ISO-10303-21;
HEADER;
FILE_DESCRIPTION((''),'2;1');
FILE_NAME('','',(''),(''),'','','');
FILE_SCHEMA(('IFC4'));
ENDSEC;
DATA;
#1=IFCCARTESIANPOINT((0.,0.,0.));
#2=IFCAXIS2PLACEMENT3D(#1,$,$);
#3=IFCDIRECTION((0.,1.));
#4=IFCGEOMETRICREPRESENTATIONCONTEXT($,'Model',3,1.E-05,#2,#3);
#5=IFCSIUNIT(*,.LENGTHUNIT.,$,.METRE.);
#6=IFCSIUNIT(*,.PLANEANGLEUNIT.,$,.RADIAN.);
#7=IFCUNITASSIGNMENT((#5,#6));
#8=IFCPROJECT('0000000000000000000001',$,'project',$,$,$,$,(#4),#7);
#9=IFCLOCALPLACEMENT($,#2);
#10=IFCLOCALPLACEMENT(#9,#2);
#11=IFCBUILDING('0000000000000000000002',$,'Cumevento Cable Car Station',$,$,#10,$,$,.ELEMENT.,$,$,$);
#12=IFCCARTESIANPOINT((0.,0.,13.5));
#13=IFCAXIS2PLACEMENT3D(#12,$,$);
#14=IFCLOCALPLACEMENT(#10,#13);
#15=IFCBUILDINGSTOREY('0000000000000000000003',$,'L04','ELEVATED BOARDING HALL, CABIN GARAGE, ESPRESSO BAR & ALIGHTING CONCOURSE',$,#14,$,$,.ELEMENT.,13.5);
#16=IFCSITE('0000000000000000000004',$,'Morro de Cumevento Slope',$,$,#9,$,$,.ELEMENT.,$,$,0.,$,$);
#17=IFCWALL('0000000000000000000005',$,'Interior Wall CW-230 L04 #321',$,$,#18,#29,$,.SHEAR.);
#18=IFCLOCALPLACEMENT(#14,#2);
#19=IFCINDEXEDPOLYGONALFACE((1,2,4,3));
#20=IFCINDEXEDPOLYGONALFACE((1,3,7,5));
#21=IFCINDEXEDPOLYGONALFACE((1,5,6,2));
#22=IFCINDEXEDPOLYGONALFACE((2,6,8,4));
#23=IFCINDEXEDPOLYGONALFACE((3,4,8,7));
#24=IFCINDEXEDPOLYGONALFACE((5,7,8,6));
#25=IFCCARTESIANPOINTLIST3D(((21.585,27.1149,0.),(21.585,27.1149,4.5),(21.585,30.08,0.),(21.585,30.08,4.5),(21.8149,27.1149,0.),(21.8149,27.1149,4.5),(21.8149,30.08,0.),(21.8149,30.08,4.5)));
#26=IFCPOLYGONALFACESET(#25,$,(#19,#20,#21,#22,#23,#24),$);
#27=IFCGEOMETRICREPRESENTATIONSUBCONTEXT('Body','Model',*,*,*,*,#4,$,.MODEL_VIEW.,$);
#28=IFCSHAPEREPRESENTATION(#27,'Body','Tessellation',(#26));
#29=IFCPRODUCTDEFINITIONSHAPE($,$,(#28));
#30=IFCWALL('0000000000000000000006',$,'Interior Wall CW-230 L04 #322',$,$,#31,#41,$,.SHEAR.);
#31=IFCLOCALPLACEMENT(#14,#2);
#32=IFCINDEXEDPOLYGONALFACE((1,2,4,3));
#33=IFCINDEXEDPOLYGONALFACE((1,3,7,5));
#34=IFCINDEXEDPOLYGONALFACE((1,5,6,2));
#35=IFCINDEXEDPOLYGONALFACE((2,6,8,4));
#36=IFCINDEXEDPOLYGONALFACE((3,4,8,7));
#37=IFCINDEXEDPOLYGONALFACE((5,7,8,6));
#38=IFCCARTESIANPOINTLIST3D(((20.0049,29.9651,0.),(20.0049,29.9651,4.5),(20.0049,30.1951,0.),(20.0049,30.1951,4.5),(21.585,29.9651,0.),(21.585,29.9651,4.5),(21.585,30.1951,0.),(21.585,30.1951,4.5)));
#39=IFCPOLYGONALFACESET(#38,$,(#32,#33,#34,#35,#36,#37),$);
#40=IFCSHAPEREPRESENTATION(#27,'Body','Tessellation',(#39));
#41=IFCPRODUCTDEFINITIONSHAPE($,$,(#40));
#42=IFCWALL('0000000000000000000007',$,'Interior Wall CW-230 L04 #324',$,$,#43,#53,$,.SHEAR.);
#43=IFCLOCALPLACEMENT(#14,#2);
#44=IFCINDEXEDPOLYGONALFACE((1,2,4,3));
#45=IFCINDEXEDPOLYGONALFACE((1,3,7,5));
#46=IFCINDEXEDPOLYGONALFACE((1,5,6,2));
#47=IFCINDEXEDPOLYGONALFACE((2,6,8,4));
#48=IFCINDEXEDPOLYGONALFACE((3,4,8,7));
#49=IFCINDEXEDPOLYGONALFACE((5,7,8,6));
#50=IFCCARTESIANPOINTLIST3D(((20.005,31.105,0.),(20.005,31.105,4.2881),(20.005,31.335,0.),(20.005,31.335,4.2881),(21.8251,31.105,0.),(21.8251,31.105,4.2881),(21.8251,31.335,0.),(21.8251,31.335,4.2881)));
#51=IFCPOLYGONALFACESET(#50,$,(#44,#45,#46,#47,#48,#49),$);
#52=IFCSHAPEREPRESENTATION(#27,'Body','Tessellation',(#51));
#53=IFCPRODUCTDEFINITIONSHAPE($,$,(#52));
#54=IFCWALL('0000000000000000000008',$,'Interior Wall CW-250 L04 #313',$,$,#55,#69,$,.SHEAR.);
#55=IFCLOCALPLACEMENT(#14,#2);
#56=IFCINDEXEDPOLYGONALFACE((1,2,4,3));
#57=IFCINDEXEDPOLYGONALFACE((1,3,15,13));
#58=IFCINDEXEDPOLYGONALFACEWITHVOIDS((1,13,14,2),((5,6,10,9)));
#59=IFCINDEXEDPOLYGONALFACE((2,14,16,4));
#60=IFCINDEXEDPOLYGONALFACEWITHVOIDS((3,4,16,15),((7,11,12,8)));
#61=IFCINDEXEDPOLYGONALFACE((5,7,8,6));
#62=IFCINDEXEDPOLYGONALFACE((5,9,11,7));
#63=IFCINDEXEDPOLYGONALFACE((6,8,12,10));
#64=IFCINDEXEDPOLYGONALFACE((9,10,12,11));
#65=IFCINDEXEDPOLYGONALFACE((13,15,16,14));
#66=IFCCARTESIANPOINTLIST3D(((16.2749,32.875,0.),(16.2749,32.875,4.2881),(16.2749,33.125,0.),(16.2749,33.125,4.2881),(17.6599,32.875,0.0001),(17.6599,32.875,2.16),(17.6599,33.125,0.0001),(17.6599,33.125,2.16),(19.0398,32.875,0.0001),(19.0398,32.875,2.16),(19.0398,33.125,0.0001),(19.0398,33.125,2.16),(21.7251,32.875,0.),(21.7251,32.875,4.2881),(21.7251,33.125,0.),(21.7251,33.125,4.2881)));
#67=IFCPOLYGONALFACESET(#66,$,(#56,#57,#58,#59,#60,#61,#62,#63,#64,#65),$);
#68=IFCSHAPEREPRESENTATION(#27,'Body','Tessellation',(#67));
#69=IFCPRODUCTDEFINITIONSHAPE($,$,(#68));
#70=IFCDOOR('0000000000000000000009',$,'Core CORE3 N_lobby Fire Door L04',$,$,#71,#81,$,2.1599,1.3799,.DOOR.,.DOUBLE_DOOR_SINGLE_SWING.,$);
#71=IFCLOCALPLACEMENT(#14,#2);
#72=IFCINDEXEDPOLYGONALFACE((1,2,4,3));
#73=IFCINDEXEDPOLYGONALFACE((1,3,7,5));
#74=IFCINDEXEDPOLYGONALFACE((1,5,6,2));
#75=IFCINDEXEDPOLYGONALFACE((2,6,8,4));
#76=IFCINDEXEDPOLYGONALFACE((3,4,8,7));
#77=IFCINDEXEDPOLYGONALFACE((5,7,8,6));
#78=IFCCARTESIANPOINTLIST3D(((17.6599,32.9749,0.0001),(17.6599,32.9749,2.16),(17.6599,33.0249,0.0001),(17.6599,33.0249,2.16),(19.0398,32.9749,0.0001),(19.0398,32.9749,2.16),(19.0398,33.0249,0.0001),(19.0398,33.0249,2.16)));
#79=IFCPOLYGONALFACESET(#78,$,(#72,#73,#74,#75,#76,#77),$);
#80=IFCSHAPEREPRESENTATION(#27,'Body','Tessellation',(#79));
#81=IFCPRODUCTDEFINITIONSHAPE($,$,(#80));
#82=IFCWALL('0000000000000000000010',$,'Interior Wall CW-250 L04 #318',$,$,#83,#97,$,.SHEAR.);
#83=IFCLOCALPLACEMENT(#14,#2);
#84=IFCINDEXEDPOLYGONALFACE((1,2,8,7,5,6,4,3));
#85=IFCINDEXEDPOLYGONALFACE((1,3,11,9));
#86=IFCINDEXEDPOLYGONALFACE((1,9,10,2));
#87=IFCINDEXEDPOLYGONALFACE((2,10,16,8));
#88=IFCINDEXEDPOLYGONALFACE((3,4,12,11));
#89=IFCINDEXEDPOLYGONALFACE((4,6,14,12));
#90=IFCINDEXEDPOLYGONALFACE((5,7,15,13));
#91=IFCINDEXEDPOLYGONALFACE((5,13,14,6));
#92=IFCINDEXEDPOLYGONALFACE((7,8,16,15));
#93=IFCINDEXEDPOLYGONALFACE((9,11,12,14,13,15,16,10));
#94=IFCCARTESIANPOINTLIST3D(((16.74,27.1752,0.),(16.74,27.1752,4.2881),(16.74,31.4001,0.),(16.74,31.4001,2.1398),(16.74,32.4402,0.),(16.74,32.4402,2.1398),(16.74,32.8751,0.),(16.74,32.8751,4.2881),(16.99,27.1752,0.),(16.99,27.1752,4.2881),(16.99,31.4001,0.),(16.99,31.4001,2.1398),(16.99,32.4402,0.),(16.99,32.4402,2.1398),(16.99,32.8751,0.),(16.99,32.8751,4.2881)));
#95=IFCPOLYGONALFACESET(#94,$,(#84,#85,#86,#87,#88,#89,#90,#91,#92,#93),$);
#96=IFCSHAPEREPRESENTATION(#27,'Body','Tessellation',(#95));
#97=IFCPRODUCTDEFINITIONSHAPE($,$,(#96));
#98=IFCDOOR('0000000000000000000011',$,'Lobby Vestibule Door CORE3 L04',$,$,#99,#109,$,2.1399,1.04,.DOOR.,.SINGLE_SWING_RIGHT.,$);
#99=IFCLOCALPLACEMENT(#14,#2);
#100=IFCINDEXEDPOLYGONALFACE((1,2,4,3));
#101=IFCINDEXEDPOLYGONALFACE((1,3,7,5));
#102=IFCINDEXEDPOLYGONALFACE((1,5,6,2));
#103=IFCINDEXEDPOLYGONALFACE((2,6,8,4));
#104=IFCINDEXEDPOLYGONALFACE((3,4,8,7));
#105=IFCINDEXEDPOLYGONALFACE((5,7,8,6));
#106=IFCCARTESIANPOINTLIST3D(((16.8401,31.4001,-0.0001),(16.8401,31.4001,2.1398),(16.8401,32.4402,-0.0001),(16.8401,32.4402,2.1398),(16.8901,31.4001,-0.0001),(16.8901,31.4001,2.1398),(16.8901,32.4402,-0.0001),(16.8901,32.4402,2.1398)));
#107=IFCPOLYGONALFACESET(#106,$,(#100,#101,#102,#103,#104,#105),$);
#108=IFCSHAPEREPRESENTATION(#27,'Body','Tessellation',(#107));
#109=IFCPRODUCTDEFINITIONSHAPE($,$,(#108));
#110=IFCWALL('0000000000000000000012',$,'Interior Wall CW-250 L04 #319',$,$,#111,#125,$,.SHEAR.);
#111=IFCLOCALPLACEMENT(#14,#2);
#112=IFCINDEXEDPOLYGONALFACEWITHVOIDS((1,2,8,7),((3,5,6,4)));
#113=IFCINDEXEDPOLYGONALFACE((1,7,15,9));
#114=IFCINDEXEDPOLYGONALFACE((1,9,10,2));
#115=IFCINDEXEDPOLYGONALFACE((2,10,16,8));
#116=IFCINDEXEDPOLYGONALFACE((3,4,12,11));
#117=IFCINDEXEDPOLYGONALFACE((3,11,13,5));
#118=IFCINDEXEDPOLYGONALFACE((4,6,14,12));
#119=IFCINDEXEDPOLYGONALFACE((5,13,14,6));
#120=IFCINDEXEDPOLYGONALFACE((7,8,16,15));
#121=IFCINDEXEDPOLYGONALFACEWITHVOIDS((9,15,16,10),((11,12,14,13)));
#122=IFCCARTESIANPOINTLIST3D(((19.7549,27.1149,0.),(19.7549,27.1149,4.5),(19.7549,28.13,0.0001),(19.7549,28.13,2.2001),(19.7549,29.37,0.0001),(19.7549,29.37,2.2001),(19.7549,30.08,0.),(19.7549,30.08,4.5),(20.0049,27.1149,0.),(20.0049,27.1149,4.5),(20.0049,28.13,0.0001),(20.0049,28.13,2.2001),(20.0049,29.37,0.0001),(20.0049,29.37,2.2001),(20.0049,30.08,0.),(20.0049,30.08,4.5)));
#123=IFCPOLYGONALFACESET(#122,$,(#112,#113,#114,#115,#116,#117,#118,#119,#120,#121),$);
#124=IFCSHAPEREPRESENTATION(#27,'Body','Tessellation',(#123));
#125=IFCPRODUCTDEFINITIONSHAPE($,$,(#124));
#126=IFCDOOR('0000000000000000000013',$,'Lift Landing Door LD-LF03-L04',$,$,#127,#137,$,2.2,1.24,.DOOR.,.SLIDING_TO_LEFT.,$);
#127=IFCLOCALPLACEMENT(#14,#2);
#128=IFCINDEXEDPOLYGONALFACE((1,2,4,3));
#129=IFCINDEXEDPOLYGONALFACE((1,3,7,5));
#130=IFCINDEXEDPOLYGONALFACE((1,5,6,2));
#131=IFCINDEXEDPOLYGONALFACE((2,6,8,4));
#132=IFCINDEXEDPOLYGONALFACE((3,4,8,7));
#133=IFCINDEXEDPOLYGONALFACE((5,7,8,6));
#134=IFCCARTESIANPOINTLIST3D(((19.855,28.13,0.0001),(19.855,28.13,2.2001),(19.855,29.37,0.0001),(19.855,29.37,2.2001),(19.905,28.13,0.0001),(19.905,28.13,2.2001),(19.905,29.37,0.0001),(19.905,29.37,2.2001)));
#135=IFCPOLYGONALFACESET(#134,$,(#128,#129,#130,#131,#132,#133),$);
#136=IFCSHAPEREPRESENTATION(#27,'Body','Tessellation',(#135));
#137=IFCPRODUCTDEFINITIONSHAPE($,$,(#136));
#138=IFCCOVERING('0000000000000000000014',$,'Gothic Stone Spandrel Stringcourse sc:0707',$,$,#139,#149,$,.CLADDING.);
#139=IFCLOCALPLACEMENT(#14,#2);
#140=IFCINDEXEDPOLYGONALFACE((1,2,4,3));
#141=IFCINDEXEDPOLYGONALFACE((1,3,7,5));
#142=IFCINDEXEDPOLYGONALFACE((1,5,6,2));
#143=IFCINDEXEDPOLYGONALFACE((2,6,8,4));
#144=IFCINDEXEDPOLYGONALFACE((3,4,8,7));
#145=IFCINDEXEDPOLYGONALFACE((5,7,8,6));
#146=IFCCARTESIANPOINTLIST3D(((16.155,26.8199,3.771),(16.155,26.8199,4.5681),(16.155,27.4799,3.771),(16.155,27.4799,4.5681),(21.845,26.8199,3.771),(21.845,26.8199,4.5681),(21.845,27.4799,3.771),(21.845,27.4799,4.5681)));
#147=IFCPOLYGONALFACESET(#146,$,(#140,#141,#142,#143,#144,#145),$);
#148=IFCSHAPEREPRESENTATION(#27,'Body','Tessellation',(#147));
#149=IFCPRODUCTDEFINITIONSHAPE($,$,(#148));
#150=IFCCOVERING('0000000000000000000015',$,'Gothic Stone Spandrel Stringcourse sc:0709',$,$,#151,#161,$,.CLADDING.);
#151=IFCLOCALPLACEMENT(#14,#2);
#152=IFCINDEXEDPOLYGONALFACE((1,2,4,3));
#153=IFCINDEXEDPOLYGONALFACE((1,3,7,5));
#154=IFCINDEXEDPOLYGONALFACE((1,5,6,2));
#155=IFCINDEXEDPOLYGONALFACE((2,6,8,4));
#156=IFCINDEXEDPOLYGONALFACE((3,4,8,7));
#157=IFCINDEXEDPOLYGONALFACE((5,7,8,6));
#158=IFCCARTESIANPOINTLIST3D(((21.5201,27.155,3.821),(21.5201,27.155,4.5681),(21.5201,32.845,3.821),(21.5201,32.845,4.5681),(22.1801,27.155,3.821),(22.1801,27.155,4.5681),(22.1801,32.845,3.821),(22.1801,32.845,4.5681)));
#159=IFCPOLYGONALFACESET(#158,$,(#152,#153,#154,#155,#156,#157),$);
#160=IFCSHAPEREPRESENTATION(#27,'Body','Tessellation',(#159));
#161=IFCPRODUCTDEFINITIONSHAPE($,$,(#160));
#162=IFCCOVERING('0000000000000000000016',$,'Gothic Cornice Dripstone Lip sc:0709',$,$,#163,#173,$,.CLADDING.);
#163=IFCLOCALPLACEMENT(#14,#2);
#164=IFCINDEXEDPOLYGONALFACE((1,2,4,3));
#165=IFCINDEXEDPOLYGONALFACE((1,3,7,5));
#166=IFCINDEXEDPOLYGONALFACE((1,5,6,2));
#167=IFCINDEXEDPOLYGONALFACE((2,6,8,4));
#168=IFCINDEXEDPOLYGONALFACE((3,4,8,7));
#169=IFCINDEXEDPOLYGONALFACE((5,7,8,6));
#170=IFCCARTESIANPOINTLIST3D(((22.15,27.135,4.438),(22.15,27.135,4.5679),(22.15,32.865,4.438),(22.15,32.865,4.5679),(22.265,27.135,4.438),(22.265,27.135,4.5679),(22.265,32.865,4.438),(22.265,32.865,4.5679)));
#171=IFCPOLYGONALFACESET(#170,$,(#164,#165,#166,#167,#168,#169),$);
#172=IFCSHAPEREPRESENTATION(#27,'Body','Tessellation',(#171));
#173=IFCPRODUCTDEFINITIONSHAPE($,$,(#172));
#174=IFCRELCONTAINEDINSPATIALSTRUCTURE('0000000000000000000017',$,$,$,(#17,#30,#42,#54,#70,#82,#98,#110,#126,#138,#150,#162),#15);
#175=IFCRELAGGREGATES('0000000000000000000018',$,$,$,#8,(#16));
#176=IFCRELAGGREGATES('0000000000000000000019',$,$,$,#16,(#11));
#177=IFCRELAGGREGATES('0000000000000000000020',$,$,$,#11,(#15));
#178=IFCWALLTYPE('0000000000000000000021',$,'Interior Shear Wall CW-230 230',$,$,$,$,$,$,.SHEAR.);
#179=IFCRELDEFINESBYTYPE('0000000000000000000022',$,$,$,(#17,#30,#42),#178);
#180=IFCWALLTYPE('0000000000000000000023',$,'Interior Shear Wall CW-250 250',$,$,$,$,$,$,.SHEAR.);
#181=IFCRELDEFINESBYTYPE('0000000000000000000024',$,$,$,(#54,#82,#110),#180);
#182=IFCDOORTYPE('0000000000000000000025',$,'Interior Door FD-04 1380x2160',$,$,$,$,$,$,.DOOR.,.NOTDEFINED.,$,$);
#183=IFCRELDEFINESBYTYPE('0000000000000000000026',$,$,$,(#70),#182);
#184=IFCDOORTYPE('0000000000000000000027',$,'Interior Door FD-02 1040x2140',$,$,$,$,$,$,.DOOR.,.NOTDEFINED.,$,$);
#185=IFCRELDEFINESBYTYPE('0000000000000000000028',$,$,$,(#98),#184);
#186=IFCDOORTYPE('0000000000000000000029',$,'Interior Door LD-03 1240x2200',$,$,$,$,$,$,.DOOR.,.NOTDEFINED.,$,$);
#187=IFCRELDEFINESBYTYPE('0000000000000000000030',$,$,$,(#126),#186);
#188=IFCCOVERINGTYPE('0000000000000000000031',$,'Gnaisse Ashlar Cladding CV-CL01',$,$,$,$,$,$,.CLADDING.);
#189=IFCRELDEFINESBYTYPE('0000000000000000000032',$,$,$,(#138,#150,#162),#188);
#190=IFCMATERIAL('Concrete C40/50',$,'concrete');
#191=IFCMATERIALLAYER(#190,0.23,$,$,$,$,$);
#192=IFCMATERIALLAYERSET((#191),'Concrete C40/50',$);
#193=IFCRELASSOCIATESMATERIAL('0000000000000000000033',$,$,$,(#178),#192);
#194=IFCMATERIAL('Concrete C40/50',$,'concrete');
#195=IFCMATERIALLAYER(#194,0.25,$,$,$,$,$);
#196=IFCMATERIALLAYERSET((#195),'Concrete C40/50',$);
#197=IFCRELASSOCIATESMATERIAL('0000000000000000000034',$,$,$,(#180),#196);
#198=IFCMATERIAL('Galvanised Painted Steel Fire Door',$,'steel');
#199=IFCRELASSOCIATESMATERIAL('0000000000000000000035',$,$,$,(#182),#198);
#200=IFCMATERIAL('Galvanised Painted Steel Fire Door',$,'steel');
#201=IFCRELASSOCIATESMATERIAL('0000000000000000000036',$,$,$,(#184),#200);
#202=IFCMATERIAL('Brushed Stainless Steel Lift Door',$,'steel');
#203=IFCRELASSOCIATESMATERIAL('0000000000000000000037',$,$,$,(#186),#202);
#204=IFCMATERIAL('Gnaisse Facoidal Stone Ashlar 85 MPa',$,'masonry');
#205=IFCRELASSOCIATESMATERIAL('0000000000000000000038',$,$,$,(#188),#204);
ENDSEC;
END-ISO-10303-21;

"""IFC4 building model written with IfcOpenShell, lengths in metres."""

from ifc_helpers import new_model, si_unit, direction, frame, frame_2d, origin, origin_2d, place, context, subcontext, project, spatial, rectangle, extrude, material, layer, layer_set, type_object, element, fill, save


model = new_model("IFC4")

# Units and contexts
model_context = context("Model", 3, precision=1e-05, world=origin(), true_north=direction((0.0, 1.0)))
body_context = subcontext(model_context, "Body", "Model", "MODEL_VIEW")
ifc_project = project(units=[si_unit("LENGTHUNIT", "METRE"), si_unit("PLANEANGLEUNIT", "RADIAN")], contexts=[model_context])

# Site, building, storey
site_placement = place(None, origin())
site = spatial("IfcSite", under=ifc_project, at=site_placement, Name="Morro de Cumevento Slope", CompositionType="ELEMENT", RefElevation=0.0)
building_placement = place(site_placement, origin())
building = spatial("IfcBuilding", under=site, at=building_placement, Name="Cumevento Cable Car Station", CompositionType="ELEMENT")
storey_placement = place(building_placement, frame((0.0, 0.0, 13.5)))
storey = spatial("IfcBuildingStorey", under=building, at=storey_placement, Name="L04", Description="ELEVATED BOARDING HALL, CABIN GARAGE, ESPRESSO BAR & ALIGHTING CONCOURSE", CompositionType="ELEMENT", Elevation=13.5)

# Walls
ifc_material_1 = material(Name="Concrete C40/50", Category="concrete")
ifc_layer_1 = layer(ifc_material_1, 0.23)
ifc_layer_set_1 = layer_set([ifc_layer_1], Name="Concrete C40/50")
wall_type_1 = type_object("IfcWallType", Name="Interior Shear Wall CW-230 230", PredefinedType="SHEAR", material=ifc_layer_set_1)
wall_1_placement = place(storey_placement, frame((21.7, 27.115, 0.0), z_axis=(0.0, 0.0, 1.0), x_axis=(0.0, 1.0, 0.0)))
element("IfcWall", 1, at=wall_1_placement, inside=storey, type_object=wall_type_1, Name="Interior Wall CW-230 L04 #321", PredefinedType="SHEAR", context=body_context, shape_type="SweptSolid", body=[
    extrude(rectangle(XDim=2.9651, YDim=0.23, at=frame_2d((1.4824, 0.0))), origin(), (0.0, 0.0, 1.0), 4.5),
])
wall_2_placement = place(storey_placement, frame((20.0049, 30.0801, 0.0), z_axis=(0.0, 0.0, 1.0), x_axis=(1.0, 0.0, 0.0)))
element("IfcWall", 2, at=wall_2_placement, inside=storey, type_object=wall_type_1, Name="Interior Wall CW-230 L04 #322", PredefinedType="SHEAR", context=body_context, shape_type="SweptSolid", body=[
    extrude(rectangle(XDim=1.5801, YDim=0.23, at=frame_2d((0.79, 0.0))), origin(), (0.0, 0.0, 1.0), 4.5),
])
wall_3_placement = place(storey_placement, frame((20.0049, 31.22, 0.0), z_axis=(0.0, 0.0, 1.0), x_axis=(1.0, 0.0, 0.0)))
element("IfcWall", 3, at=wall_3_placement, inside=storey, type_object=wall_type_1, Name="Interior Wall CW-230 L04 #324", PredefinedType="SHEAR", context=body_context, shape_type="SweptSolid", body=[
    extrude(rectangle(XDim=1.8201, YDim=0.23, at=frame_2d((0.9102, 0.0))), origin(), (0.0, 0.0, 1.0), 4.2881),
])

# Walls, openings, doors
ifc_material_2 = material(Name="Concrete C40/50", Category="concrete")
ifc_layer_2 = layer(ifc_material_2, 0.25)
ifc_layer_set_2 = layer_set([ifc_layer_2], Name="Concrete C40/50")
wall_type_2 = type_object("IfcWallType", Name="Interior Shear Wall CW-250 250", PredefinedType="SHEAR", material=ifc_layer_set_2)
wall_4_placement = place(storey_placement, frame((16.2749, 33.0, 0.0), z_axis=(0.0, 0.0, 1.0), x_axis=(1.0, 0.0, 0.0)))
wall_4 = element("IfcWall", 4, at=wall_4_placement, inside=storey, type_object=wall_type_2, Name="Interior Wall CW-250 L04 #313", PredefinedType="SHEAR", context=body_context, shape_type="SweptSolid", body=[
    extrude(rectangle(XDim=5.4502, YDim=0.25, at=frame_2d((2.7251, 0.0))), origin(), (0.0, 0.0, 1.0), 4.2881),
])
opening_1_placement = place(wall_4_placement, frame((1.385, 0.0, 0.0)))
opening_1 = element("IfcOpeningElement", 5, at=opening_1_placement, cuts=wall_4, PredefinedType="OPENING", context=body_context, shape_type="SweptSolid", body=[
    extrude(rectangle(XDim=1.3799, YDim=2.1599, at=frame_2d((0.6899, 1.0801))), frame((0.0, 0.135, 0.0), z_axis=(0.0, -1.0, 0.0), x_axis=(1.0, 0.0, 0.0)), (0.0, 0.0, 1.0), 0.27),
])
ifc_material_3 = material(Name="Galvanised Painted Steel Fire Door", Category="steel")
door_type_1 = type_object("IfcDoorType", Name="Interior Door FD-04 1380x2160", OperationType="NOTDEFINED", PredefinedType="DOOR", material=ifc_material_3)
door_1_placement = place(opening_1_placement, origin())
door_1 = element("IfcDoor", 6, at=door_1_placement, inside=storey, type_object=door_type_1, Name="Core CORE3 N_lobby Fire Door L04", OperationType="DOUBLE_DOOR_SINGLE_SWING", OverallHeight=2.1599, OverallWidth=1.3799, PredefinedType="DOOR", context=body_context, shape_type="SweptSolid", body=[
    extrude(rectangle(XDim=1.3799, YDim=2.1599, at=frame_2d((0.6899, 1.0801))), frame((0.0, 0.0249, 0.0), z_axis=(0.0, -1.0, 0.0), x_axis=(1.0, 0.0, 0.0)), (0.0, 0.0, 1.0), 0.05),
])
fill(opening_1, door_1)
wall_5_placement = place(storey_placement, frame((16.865, 27.175, 0.0), z_axis=(0.0, 0.0, 1.0), x_axis=(0.0, 1.0, 0.0)))
wall_5 = element("IfcWall", 7, at=wall_5_placement, inside=storey, type_object=wall_type_2, Name="Interior Wall CW-250 L04 #318", PredefinedType="SHEAR", context=body_context, shape_type="SweptSolid", body=[
    extrude(rectangle(XDim=5.7, YDim=0.25, at=frame_2d((2.8501, 0.0))), origin(), (0.0, 0.0, 1.0), 4.2881),
])
opening_2_placement = place(wall_5_placement, frame((4.2251, 0.0, 0.0)))
opening_2 = element("IfcOpeningElement", 8, at=opening_2_placement, cuts=wall_5, PredefinedType="OPENING", context=body_context, shape_type="SweptSolid", body=[
    extrude(rectangle(XDim=1.04, YDim=2.1399, at=frame_2d((0.52, 1.0698))), frame((0.0, 0.135, 0.0), z_axis=(0.0, -1.0, 0.0), x_axis=(1.0, 0.0, 0.0)), (0.0, 0.0, 1.0), 0.27),
])
ifc_material_4 = material(Name="Galvanised Painted Steel Fire Door", Category="steel")
door_type_2 = type_object("IfcDoorType", Name="Interior Door FD-02 1040x2140", OperationType="NOTDEFINED", PredefinedType="DOOR", material=ifc_material_4)
door_2_placement = place(opening_2_placement, origin())
door_2 = element("IfcDoor", 9, at=door_2_placement, inside=storey, type_object=door_type_2, Name="Lobby Vestibule Door CORE3 L04", OperationType="SINGLE_SWING_RIGHT", OverallHeight=2.1399, OverallWidth=1.04, PredefinedType="DOOR", context=body_context, shape_type="SweptSolid", body=[
    extrude(rectangle(XDim=1.04, YDim=2.1399, at=frame_2d((0.52, 1.0698))), frame((0.0, 0.0249, 0.0), z_axis=(0.0, -1.0, 0.0), x_axis=(1.0, 0.0, 0.0)), (0.0, 0.0, 1.0), 0.05),
])
fill(opening_2, door_2)
wall_6_placement = place(storey_placement, frame((19.8799, 27.115, 0.0), z_axis=(0.0, 0.0, 1.0), x_axis=(0.0, 1.0, 0.0)))
wall_6 = element("IfcWall", 10, at=wall_6_placement, inside=storey, type_object=wall_type_2, Name="Interior Wall CW-250 L04 #319", PredefinedType="SHEAR", context=body_context, shape_type="SweptSolid", body=[
    extrude(rectangle(XDim=2.9651, YDim=0.25, at=frame_2d((1.4824, 0.0))), origin(), (0.0, 0.0, 1.0), 4.5),
])
opening_3_placement = place(wall_6_placement, frame((1.0149, 0.0, 0.0)))
opening_3 = element("IfcOpeningElement", 11, at=opening_3_placement, cuts=wall_6, PredefinedType="OPENING", context=body_context, shape_type="SweptSolid", body=[
    extrude(rectangle(XDim=1.24, YDim=2.2, at=frame_2d((0.6201, 1.1001))), frame((0.0, 0.135, 0.0), z_axis=(0.0, -1.0, 0.0), x_axis=(1.0, 0.0, 0.0)), (0.0, 0.0, 1.0), 0.27),
])
ifc_material_5 = material(Name="Brushed Stainless Steel Lift Door", Category="steel")
door_type_3 = type_object("IfcDoorType", Name="Interior Door LD-03 1240x2200", OperationType="NOTDEFINED", PredefinedType="DOOR", material=ifc_material_5)
door_3_placement = place(opening_3_placement, origin())
door_3 = element("IfcDoor", 12, at=door_3_placement, inside=storey, type_object=door_type_3, Name="Lift Landing Door LD-LF03-L04", OperationType="SLIDING_TO_LEFT", OverallHeight=2.2, OverallWidth=1.24, PredefinedType="DOOR", context=body_context, shape_type="SweptSolid", body=[
    extrude(rectangle(XDim=1.24, YDim=2.2, at=frame_2d((0.6201, 1.1001))), frame((0.0, 0.0249, 0.0), z_axis=(0.0, -1.0, 0.0), x_axis=(1.0, 0.0, 0.0)), (0.0, 0.0, 1.0), 0.05),
])
fill(opening_3, door_3)

# Coverings
ifc_material_6 = material(Name="Gnaisse Facoidal Stone Ashlar 85 MPa", Category="masonry")
covering_type = type_object("IfcCoveringType", Name="Gnaisse Ashlar Cladding CV-CL01", PredefinedType="CLADDING", material=ifc_material_6)
covering_1_placement = place(storey_placement, frame((19.0, 27.1499, 3.771), z_axis=(0.0, 0.0, 1.0), x_axis=(-1.0, 0.0, 0.0)))
element("IfcCovering", 13, at=covering_1_placement, inside=storey, type_object=covering_type, Name="Gothic Stone Spandrel Stringcourse sc:0707", PredefinedType="CLADDING", context=body_context, shape_type="SweptSolid", body=[
    extrude(rectangle(XDim=5.6899, YDim=0.6599, at=origin_2d()), origin(), (0.0, 0.0, 1.0), 0.7971),
])
covering_2_placement = place(storey_placement, frame((21.8501, 30.0, 3.821), z_axis=(0.0, 0.0, 1.0), x_axis=(0.0, -1.0, 0.0)))
element("IfcCovering", 14, at=covering_2_placement, inside=storey, type_object=covering_type, Name="Gothic Stone Spandrel Stringcourse sc:0709", PredefinedType="CLADDING", context=body_context, shape_type="SweptSolid", body=[
    extrude(rectangle(XDim=5.6899, YDim=0.6599, at=origin_2d()), origin(), (0.0, 0.0, 1.0), 0.7471),
])
covering_3_placement = place(storey_placement, frame((22.2075, 30.0, 4.438), z_axis=(0.0, 0.0, 1.0), x_axis=(0.0, -1.0, 0.0)))
element("IfcCovering", 15, at=covering_3_placement, inside=storey, type_object=covering_type, Name="Gothic Cornice Dripstone Lip sc:0709", PredefinedType="CLADDING", context=body_context, shape_type="SweptSolid", body=[
    extrude(rectangle(XDim=5.73, YDim=0.115, at=origin_2d()), origin(), (0.0, 0.0, 1.0), 0.1299),
])

save(model, "model.ifc")
